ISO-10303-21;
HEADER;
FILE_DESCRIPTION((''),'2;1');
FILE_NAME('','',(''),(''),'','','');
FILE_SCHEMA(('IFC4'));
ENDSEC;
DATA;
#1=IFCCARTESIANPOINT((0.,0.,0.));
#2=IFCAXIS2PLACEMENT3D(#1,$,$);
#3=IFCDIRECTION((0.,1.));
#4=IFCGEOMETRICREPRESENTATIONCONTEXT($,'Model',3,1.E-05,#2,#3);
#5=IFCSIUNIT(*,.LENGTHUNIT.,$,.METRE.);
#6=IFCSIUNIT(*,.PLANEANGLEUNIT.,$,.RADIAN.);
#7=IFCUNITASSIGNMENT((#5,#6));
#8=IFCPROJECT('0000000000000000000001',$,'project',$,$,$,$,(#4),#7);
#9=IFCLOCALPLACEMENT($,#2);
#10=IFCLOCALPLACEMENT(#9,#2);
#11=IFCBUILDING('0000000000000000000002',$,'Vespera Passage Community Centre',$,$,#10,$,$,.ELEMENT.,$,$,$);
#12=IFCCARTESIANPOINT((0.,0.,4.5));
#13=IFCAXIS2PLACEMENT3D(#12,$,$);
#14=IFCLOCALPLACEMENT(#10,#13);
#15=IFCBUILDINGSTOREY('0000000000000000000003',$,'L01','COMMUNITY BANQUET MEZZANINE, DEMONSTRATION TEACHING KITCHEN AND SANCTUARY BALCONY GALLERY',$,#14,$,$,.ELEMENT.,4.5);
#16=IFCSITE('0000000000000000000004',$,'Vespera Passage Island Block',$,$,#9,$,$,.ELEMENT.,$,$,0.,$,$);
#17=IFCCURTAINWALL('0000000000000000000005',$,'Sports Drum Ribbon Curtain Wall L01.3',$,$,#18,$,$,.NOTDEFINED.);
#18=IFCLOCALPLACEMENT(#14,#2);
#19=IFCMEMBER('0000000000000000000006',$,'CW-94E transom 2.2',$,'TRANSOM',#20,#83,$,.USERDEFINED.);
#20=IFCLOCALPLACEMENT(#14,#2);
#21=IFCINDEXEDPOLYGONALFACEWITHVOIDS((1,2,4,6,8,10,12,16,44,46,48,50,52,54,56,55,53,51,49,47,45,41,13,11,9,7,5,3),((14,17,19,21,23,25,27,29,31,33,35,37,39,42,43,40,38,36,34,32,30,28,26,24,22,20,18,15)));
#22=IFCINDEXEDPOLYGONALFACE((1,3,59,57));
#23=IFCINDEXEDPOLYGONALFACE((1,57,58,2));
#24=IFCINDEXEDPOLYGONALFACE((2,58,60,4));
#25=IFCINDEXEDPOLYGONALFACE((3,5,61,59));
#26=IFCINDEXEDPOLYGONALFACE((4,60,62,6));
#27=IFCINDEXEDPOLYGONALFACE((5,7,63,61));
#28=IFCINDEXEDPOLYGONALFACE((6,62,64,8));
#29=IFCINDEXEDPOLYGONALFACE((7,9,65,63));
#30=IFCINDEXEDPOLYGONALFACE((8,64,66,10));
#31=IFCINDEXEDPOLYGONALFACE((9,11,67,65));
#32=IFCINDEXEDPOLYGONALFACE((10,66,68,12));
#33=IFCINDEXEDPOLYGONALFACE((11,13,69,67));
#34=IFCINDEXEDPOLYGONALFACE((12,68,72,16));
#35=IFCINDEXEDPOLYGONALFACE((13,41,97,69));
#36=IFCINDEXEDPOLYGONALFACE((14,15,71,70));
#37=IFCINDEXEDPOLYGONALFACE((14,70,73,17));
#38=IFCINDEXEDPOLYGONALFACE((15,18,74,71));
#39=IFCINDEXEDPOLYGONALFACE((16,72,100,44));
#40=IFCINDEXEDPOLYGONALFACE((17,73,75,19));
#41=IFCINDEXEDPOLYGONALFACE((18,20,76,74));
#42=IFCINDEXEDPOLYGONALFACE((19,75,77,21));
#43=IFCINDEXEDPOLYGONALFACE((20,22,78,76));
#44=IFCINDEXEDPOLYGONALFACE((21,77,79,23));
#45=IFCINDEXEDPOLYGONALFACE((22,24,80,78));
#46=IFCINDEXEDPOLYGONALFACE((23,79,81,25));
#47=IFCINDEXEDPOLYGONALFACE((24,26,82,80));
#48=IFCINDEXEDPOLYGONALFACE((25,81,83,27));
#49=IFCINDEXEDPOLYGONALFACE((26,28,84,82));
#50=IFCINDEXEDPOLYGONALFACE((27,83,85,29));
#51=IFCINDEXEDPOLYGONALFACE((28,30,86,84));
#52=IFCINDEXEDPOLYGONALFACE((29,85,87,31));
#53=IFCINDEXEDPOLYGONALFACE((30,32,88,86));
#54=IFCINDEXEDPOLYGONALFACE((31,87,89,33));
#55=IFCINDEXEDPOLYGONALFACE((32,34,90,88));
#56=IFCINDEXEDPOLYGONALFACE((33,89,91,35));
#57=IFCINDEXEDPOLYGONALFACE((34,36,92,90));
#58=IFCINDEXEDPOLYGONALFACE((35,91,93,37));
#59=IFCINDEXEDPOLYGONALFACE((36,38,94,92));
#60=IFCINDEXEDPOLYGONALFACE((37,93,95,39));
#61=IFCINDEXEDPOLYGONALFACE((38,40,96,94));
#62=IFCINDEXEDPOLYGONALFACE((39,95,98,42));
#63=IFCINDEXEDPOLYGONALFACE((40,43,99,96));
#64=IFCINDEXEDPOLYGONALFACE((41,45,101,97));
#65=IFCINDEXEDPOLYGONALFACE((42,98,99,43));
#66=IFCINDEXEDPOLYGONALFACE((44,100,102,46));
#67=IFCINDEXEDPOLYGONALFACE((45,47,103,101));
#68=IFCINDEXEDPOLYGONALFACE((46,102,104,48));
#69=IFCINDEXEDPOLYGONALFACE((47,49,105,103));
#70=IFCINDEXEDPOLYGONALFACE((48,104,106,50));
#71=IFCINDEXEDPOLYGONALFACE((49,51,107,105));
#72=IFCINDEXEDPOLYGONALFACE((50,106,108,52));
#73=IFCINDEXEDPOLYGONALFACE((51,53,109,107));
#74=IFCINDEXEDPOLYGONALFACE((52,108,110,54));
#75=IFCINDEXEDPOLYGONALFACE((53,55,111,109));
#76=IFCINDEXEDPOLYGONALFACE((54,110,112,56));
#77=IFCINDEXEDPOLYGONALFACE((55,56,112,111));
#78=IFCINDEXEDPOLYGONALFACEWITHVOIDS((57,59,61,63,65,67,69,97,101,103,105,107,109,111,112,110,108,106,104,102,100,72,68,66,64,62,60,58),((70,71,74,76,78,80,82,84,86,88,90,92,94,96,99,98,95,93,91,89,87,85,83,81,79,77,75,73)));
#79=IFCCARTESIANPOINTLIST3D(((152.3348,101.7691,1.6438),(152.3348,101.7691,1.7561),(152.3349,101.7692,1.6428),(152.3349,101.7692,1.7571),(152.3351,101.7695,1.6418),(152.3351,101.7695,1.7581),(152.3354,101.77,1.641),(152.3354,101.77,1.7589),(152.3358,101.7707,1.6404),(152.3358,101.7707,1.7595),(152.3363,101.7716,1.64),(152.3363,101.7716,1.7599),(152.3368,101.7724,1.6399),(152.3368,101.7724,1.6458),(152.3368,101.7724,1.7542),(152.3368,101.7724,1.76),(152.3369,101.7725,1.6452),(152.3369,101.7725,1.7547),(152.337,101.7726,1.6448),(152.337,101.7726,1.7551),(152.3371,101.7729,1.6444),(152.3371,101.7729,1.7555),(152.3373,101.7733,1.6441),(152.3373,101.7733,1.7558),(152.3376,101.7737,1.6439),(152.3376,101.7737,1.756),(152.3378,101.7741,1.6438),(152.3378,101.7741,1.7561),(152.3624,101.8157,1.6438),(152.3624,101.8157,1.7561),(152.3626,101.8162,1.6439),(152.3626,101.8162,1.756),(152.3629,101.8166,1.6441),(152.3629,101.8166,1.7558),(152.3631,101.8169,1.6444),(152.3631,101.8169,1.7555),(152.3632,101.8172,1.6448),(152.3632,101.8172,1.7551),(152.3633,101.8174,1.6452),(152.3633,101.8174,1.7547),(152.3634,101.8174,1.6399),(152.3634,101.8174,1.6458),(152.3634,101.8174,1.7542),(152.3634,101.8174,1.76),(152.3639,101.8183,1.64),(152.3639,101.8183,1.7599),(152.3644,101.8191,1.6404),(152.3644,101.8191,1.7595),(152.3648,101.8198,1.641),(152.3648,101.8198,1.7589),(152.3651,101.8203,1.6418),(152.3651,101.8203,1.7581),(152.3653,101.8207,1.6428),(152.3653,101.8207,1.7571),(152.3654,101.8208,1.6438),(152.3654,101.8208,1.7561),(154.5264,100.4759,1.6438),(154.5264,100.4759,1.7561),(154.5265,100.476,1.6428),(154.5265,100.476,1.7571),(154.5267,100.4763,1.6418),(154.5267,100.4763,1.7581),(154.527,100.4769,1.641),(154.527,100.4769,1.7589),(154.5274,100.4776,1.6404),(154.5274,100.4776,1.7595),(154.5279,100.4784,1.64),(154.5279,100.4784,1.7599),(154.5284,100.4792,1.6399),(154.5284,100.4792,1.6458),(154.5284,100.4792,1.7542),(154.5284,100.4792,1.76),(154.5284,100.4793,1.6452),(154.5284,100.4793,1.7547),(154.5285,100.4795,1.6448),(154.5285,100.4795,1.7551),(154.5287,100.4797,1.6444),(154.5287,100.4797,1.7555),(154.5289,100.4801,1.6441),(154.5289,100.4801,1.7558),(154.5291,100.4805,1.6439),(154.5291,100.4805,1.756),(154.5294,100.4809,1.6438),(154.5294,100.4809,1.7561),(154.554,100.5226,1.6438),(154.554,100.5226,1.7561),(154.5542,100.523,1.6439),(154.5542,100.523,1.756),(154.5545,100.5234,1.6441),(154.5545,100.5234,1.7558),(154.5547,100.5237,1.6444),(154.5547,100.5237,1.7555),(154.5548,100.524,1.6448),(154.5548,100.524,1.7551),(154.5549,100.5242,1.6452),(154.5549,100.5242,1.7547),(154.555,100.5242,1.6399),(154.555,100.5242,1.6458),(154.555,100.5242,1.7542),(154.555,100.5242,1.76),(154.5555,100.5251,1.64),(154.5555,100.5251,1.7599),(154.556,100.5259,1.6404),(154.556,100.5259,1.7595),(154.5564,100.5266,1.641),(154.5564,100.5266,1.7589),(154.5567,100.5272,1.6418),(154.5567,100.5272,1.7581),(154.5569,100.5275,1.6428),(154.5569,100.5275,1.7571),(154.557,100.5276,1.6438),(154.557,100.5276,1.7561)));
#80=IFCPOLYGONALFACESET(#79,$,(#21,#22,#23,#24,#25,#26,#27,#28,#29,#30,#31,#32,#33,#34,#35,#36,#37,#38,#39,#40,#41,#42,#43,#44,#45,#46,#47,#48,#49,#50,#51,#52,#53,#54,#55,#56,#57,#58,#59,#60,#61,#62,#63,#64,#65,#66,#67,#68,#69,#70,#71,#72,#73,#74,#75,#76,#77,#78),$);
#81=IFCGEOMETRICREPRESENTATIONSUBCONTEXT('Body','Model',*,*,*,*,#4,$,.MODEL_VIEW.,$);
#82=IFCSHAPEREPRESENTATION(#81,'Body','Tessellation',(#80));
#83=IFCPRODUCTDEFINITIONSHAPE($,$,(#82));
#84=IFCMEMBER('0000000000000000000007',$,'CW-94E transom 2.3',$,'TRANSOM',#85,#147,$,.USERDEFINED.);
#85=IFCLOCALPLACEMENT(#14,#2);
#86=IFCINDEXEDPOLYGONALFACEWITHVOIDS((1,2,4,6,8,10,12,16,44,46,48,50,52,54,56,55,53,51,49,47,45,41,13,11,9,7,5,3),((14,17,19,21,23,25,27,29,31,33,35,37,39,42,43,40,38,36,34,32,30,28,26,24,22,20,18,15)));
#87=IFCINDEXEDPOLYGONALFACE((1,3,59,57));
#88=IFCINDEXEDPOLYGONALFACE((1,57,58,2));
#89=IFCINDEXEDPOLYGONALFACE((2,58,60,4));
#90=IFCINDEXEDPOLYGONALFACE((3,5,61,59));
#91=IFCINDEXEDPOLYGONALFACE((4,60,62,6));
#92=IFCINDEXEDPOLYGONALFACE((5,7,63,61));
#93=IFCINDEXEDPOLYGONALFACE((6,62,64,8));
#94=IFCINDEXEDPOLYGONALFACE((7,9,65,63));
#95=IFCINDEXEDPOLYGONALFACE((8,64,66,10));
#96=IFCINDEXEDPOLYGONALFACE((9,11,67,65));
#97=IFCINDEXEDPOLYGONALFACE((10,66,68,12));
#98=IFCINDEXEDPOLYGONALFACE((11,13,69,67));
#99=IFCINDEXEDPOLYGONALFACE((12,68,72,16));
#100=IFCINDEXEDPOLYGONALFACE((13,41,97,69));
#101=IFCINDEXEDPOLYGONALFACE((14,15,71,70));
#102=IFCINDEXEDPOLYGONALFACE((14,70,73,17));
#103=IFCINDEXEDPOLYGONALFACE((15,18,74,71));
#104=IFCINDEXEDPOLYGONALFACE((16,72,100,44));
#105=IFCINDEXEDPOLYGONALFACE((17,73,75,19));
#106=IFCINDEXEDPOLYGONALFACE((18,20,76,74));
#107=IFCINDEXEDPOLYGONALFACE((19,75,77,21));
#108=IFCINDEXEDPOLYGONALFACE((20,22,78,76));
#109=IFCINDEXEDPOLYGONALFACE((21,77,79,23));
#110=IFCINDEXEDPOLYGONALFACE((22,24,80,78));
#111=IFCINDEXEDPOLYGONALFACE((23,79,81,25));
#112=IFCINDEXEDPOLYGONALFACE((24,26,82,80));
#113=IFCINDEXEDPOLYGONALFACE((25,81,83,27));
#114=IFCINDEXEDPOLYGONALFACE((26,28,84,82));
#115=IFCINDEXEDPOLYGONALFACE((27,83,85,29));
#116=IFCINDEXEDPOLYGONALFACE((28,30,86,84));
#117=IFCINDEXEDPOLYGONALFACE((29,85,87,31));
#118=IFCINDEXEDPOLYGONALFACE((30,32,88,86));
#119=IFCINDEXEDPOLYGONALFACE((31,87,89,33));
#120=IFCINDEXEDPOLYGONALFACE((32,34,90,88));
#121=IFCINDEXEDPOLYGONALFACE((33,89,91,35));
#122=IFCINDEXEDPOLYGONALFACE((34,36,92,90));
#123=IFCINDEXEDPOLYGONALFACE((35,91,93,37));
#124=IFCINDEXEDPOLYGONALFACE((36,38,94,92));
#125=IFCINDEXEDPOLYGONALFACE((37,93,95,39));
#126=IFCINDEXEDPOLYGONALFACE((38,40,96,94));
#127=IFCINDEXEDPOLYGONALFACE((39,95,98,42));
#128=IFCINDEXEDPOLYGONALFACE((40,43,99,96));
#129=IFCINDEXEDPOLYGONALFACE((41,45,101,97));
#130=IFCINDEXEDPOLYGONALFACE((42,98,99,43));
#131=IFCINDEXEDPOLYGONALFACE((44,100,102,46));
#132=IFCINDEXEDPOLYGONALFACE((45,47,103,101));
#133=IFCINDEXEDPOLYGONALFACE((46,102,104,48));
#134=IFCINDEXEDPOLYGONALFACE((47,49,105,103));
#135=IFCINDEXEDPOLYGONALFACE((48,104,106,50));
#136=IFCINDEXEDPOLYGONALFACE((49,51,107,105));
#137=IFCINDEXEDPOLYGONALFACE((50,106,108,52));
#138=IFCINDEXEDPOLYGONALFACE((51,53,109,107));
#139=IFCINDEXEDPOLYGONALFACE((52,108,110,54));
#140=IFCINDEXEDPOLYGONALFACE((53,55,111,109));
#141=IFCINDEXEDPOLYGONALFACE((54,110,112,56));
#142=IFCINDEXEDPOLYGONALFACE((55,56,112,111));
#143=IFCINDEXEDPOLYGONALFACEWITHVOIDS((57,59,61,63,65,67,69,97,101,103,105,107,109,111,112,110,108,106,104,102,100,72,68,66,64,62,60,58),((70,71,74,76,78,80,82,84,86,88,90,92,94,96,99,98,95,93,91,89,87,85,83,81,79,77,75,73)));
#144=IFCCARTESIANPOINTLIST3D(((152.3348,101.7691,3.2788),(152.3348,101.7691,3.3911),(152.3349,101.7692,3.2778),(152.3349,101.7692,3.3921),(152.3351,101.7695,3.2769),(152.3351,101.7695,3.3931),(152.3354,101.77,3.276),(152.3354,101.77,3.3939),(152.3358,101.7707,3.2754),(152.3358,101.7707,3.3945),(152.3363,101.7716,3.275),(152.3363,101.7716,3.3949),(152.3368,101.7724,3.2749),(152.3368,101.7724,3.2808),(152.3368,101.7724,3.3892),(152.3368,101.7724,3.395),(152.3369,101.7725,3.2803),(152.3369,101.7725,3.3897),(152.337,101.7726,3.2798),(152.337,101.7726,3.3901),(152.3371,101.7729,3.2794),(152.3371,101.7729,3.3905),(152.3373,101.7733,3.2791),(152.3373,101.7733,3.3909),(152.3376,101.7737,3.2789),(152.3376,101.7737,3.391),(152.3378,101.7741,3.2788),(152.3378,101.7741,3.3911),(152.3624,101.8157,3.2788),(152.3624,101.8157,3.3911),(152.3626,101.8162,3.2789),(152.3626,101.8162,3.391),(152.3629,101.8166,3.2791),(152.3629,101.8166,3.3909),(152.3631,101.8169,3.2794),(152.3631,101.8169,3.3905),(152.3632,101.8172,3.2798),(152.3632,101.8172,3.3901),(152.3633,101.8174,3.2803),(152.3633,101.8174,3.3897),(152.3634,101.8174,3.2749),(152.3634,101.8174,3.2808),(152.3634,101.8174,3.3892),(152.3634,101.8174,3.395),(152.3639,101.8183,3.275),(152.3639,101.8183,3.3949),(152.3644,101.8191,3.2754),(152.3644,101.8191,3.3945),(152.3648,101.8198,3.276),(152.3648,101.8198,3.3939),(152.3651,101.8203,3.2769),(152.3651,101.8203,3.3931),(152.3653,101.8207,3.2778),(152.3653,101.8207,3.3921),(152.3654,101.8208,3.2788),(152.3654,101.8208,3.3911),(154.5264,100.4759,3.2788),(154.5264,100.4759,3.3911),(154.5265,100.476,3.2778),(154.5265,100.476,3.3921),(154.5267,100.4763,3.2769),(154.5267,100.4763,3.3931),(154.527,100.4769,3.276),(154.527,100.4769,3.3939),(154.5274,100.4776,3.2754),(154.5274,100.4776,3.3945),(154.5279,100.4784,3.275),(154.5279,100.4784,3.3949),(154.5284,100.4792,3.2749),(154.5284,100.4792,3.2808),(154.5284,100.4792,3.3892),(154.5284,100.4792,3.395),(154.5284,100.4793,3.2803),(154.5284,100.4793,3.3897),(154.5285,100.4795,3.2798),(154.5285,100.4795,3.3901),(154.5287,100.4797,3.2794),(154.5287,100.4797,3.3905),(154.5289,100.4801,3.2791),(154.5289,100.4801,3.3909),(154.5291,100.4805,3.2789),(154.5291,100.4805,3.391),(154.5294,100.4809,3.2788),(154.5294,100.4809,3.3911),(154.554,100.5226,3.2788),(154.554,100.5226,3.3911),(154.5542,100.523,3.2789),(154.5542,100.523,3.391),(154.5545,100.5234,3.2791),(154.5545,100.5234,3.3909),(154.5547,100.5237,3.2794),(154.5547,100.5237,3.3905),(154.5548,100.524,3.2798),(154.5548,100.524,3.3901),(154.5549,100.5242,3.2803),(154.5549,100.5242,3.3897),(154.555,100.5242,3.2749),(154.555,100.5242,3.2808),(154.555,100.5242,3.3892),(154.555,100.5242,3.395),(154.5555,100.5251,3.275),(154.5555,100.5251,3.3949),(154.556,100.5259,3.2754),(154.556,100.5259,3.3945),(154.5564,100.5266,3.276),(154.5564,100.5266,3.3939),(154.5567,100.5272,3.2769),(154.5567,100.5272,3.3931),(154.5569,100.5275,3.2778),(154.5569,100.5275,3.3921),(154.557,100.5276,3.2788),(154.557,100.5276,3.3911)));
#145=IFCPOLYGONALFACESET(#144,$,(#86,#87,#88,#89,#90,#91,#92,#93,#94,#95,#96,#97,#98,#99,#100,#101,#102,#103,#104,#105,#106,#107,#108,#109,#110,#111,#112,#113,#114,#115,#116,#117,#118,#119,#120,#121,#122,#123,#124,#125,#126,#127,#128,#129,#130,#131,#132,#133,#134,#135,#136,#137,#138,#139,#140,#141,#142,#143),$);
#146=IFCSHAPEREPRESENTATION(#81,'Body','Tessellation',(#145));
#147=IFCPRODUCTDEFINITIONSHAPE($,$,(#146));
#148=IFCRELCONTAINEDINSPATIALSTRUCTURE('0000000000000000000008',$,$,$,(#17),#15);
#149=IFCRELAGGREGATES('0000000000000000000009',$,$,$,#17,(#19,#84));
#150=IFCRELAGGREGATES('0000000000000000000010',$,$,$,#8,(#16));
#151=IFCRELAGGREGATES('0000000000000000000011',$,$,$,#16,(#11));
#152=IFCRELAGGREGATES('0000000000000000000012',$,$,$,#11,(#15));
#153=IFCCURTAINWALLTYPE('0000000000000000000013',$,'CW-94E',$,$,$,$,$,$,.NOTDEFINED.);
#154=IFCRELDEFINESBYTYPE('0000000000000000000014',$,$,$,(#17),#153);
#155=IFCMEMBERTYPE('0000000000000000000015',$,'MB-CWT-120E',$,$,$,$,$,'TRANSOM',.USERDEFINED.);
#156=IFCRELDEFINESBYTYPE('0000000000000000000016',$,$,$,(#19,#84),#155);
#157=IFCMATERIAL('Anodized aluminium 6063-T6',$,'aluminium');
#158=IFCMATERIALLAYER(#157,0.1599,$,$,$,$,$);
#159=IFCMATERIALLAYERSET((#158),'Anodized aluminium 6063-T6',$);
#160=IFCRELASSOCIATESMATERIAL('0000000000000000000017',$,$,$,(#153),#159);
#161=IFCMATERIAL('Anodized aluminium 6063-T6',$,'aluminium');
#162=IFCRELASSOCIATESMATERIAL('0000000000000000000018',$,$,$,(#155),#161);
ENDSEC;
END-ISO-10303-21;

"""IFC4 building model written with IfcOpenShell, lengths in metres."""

from ifc_helpers import new_model, si_unit, direction, frame, origin, origin_2d, place, context, subcontext, project, spatial, hollow_rectangle, extrude, material, layer, layer_set, material_profile, profile_set, type_object, element, aggregate, save


model = new_model("IFC4")

# Units and contexts
model_context = context("Model", 3, precision=1e-05, world=origin(), true_north=direction((0.0, 1.0)))
body_context = subcontext(model_context, "Body", "Model", "MODEL_VIEW")
ifc_project = project(units=[si_unit("LENGTHUNIT", "METRE"), si_unit("PLANEANGLEUNIT", "RADIAN")], contexts=[model_context])

# Site, building, storey
site_placement = place(None, origin())
site = spatial("IfcSite", under=ifc_project, at=site_placement, Name="Vespera Passage Island Block", CompositionType="ELEMENT", RefElevation=0.0)
building_placement = place(site_placement, origin())
building = spatial("IfcBuilding", under=site, at=building_placement, Name="Vespera Passage Community Centre", CompositionType="ELEMENT")
storey_placement = place(building_placement, frame((0.0, 0.0, 4.5)))
storey = spatial("IfcBuildingStorey", under=building, at=storey_placement, Name="L01", Description="COMMUNITY BANQUET MEZZANINE, DEMONSTRATION TEACHING KITCHEN AND SANCTUARY BALCONY GALLERY", CompositionType="ELEMENT", Elevation=4.5)

# Curtain wall
ifc_material_1 = material(Name="Anodized aluminium 6063-T6", Category="aluminium")
ifc_layer_1 = layer(ifc_material_1, 0.1599)
ifc_layer_set_1 = layer_set([ifc_layer_1], Name="Anodized aluminium 6063-T6")
curtain_wall_type = type_object("IfcCurtainWallType", Name="CW-94E", PredefinedType="NOTDEFINED", material=ifc_layer_set_1)
curtain_wall_1_placement = place(storey_placement, origin())
curtain_wall_1 = element("IfcCurtainWall", 1, at=curtain_wall_1_placement, inside=storey, type_object=curtain_wall_type, Name="Sports Drum Ribbon Curtain Wall L01.3", PredefinedType="NOTDEFINED")

# Members
ifc_material_2 = material(Name="Anodized aluminium 6063-T6", Category="aluminium")
ifc_material_profile_1 = material_profile(ifc_material_2, hollow_rectangle(XDim=0.0601, YDim=0.1201, WallThickness=0.0039, InnerFilletRadius=0.002, OuterFilletRadius=0.0039, at=origin_2d()), Name="ALU120X60X4")
ifc_profile_set_1 = profile_set([ifc_material_profile_1], Name="Anodized aluminium 6063-T6")
member_type_1 = type_object("IfcMemberType", Name="MB-CWT-120E", ElementType="TRANSOM", PredefinedType="USERDEFINED", material=ifc_profile_set_1)
member_1_placement = place(storey_placement, frame((152.3501, 101.7949, 1.7), z_axis=(0.861245, -0.508189, 0.0), x_axis=(0.508189, 0.861245, 0.0)))
member_1 = element("IfcMember", 2, at=member_1_placement, type_object=member_type_1, Name="CW-94E transom 2.2", ObjectType="TRANSOM", PredefinedType="USERDEFINED", context=body_context, shape_type="SweptSolid", body=[
    extrude(hollow_rectangle(XDim=0.0601, YDim=0.1201, WallThickness=0.0039, InnerFilletRadius=0.002, OuterFilletRadius=0.0039, at=origin_2d()), origin(), (0.0, 0.0, 1.0), 2.5447),
])
member_2_placement = place(storey_placement, frame((152.3501, 101.7949, 3.335), z_axis=(0.861245, -0.508189, 0.0), x_axis=(0.508189, 0.861245, 0.0)))
member_2 = element("IfcMember", 3, at=member_2_placement, type_object=member_type_1, Name="CW-94E transom 2.3", ObjectType="TRANSOM", PredefinedType="USERDEFINED", context=body_context, shape_type="SweptSolid", body=[
    extrude(hollow_rectangle(XDim=0.0601, YDim=0.1201, WallThickness=0.0039, InnerFilletRadius=0.002, OuterFilletRadius=0.0039, at=origin_2d()), origin(), (0.0, 0.0, 1.0), 2.5447),
])

aggregate(curtain_wall_1, [member_1, member_2])

save(model, "model.ifc")
